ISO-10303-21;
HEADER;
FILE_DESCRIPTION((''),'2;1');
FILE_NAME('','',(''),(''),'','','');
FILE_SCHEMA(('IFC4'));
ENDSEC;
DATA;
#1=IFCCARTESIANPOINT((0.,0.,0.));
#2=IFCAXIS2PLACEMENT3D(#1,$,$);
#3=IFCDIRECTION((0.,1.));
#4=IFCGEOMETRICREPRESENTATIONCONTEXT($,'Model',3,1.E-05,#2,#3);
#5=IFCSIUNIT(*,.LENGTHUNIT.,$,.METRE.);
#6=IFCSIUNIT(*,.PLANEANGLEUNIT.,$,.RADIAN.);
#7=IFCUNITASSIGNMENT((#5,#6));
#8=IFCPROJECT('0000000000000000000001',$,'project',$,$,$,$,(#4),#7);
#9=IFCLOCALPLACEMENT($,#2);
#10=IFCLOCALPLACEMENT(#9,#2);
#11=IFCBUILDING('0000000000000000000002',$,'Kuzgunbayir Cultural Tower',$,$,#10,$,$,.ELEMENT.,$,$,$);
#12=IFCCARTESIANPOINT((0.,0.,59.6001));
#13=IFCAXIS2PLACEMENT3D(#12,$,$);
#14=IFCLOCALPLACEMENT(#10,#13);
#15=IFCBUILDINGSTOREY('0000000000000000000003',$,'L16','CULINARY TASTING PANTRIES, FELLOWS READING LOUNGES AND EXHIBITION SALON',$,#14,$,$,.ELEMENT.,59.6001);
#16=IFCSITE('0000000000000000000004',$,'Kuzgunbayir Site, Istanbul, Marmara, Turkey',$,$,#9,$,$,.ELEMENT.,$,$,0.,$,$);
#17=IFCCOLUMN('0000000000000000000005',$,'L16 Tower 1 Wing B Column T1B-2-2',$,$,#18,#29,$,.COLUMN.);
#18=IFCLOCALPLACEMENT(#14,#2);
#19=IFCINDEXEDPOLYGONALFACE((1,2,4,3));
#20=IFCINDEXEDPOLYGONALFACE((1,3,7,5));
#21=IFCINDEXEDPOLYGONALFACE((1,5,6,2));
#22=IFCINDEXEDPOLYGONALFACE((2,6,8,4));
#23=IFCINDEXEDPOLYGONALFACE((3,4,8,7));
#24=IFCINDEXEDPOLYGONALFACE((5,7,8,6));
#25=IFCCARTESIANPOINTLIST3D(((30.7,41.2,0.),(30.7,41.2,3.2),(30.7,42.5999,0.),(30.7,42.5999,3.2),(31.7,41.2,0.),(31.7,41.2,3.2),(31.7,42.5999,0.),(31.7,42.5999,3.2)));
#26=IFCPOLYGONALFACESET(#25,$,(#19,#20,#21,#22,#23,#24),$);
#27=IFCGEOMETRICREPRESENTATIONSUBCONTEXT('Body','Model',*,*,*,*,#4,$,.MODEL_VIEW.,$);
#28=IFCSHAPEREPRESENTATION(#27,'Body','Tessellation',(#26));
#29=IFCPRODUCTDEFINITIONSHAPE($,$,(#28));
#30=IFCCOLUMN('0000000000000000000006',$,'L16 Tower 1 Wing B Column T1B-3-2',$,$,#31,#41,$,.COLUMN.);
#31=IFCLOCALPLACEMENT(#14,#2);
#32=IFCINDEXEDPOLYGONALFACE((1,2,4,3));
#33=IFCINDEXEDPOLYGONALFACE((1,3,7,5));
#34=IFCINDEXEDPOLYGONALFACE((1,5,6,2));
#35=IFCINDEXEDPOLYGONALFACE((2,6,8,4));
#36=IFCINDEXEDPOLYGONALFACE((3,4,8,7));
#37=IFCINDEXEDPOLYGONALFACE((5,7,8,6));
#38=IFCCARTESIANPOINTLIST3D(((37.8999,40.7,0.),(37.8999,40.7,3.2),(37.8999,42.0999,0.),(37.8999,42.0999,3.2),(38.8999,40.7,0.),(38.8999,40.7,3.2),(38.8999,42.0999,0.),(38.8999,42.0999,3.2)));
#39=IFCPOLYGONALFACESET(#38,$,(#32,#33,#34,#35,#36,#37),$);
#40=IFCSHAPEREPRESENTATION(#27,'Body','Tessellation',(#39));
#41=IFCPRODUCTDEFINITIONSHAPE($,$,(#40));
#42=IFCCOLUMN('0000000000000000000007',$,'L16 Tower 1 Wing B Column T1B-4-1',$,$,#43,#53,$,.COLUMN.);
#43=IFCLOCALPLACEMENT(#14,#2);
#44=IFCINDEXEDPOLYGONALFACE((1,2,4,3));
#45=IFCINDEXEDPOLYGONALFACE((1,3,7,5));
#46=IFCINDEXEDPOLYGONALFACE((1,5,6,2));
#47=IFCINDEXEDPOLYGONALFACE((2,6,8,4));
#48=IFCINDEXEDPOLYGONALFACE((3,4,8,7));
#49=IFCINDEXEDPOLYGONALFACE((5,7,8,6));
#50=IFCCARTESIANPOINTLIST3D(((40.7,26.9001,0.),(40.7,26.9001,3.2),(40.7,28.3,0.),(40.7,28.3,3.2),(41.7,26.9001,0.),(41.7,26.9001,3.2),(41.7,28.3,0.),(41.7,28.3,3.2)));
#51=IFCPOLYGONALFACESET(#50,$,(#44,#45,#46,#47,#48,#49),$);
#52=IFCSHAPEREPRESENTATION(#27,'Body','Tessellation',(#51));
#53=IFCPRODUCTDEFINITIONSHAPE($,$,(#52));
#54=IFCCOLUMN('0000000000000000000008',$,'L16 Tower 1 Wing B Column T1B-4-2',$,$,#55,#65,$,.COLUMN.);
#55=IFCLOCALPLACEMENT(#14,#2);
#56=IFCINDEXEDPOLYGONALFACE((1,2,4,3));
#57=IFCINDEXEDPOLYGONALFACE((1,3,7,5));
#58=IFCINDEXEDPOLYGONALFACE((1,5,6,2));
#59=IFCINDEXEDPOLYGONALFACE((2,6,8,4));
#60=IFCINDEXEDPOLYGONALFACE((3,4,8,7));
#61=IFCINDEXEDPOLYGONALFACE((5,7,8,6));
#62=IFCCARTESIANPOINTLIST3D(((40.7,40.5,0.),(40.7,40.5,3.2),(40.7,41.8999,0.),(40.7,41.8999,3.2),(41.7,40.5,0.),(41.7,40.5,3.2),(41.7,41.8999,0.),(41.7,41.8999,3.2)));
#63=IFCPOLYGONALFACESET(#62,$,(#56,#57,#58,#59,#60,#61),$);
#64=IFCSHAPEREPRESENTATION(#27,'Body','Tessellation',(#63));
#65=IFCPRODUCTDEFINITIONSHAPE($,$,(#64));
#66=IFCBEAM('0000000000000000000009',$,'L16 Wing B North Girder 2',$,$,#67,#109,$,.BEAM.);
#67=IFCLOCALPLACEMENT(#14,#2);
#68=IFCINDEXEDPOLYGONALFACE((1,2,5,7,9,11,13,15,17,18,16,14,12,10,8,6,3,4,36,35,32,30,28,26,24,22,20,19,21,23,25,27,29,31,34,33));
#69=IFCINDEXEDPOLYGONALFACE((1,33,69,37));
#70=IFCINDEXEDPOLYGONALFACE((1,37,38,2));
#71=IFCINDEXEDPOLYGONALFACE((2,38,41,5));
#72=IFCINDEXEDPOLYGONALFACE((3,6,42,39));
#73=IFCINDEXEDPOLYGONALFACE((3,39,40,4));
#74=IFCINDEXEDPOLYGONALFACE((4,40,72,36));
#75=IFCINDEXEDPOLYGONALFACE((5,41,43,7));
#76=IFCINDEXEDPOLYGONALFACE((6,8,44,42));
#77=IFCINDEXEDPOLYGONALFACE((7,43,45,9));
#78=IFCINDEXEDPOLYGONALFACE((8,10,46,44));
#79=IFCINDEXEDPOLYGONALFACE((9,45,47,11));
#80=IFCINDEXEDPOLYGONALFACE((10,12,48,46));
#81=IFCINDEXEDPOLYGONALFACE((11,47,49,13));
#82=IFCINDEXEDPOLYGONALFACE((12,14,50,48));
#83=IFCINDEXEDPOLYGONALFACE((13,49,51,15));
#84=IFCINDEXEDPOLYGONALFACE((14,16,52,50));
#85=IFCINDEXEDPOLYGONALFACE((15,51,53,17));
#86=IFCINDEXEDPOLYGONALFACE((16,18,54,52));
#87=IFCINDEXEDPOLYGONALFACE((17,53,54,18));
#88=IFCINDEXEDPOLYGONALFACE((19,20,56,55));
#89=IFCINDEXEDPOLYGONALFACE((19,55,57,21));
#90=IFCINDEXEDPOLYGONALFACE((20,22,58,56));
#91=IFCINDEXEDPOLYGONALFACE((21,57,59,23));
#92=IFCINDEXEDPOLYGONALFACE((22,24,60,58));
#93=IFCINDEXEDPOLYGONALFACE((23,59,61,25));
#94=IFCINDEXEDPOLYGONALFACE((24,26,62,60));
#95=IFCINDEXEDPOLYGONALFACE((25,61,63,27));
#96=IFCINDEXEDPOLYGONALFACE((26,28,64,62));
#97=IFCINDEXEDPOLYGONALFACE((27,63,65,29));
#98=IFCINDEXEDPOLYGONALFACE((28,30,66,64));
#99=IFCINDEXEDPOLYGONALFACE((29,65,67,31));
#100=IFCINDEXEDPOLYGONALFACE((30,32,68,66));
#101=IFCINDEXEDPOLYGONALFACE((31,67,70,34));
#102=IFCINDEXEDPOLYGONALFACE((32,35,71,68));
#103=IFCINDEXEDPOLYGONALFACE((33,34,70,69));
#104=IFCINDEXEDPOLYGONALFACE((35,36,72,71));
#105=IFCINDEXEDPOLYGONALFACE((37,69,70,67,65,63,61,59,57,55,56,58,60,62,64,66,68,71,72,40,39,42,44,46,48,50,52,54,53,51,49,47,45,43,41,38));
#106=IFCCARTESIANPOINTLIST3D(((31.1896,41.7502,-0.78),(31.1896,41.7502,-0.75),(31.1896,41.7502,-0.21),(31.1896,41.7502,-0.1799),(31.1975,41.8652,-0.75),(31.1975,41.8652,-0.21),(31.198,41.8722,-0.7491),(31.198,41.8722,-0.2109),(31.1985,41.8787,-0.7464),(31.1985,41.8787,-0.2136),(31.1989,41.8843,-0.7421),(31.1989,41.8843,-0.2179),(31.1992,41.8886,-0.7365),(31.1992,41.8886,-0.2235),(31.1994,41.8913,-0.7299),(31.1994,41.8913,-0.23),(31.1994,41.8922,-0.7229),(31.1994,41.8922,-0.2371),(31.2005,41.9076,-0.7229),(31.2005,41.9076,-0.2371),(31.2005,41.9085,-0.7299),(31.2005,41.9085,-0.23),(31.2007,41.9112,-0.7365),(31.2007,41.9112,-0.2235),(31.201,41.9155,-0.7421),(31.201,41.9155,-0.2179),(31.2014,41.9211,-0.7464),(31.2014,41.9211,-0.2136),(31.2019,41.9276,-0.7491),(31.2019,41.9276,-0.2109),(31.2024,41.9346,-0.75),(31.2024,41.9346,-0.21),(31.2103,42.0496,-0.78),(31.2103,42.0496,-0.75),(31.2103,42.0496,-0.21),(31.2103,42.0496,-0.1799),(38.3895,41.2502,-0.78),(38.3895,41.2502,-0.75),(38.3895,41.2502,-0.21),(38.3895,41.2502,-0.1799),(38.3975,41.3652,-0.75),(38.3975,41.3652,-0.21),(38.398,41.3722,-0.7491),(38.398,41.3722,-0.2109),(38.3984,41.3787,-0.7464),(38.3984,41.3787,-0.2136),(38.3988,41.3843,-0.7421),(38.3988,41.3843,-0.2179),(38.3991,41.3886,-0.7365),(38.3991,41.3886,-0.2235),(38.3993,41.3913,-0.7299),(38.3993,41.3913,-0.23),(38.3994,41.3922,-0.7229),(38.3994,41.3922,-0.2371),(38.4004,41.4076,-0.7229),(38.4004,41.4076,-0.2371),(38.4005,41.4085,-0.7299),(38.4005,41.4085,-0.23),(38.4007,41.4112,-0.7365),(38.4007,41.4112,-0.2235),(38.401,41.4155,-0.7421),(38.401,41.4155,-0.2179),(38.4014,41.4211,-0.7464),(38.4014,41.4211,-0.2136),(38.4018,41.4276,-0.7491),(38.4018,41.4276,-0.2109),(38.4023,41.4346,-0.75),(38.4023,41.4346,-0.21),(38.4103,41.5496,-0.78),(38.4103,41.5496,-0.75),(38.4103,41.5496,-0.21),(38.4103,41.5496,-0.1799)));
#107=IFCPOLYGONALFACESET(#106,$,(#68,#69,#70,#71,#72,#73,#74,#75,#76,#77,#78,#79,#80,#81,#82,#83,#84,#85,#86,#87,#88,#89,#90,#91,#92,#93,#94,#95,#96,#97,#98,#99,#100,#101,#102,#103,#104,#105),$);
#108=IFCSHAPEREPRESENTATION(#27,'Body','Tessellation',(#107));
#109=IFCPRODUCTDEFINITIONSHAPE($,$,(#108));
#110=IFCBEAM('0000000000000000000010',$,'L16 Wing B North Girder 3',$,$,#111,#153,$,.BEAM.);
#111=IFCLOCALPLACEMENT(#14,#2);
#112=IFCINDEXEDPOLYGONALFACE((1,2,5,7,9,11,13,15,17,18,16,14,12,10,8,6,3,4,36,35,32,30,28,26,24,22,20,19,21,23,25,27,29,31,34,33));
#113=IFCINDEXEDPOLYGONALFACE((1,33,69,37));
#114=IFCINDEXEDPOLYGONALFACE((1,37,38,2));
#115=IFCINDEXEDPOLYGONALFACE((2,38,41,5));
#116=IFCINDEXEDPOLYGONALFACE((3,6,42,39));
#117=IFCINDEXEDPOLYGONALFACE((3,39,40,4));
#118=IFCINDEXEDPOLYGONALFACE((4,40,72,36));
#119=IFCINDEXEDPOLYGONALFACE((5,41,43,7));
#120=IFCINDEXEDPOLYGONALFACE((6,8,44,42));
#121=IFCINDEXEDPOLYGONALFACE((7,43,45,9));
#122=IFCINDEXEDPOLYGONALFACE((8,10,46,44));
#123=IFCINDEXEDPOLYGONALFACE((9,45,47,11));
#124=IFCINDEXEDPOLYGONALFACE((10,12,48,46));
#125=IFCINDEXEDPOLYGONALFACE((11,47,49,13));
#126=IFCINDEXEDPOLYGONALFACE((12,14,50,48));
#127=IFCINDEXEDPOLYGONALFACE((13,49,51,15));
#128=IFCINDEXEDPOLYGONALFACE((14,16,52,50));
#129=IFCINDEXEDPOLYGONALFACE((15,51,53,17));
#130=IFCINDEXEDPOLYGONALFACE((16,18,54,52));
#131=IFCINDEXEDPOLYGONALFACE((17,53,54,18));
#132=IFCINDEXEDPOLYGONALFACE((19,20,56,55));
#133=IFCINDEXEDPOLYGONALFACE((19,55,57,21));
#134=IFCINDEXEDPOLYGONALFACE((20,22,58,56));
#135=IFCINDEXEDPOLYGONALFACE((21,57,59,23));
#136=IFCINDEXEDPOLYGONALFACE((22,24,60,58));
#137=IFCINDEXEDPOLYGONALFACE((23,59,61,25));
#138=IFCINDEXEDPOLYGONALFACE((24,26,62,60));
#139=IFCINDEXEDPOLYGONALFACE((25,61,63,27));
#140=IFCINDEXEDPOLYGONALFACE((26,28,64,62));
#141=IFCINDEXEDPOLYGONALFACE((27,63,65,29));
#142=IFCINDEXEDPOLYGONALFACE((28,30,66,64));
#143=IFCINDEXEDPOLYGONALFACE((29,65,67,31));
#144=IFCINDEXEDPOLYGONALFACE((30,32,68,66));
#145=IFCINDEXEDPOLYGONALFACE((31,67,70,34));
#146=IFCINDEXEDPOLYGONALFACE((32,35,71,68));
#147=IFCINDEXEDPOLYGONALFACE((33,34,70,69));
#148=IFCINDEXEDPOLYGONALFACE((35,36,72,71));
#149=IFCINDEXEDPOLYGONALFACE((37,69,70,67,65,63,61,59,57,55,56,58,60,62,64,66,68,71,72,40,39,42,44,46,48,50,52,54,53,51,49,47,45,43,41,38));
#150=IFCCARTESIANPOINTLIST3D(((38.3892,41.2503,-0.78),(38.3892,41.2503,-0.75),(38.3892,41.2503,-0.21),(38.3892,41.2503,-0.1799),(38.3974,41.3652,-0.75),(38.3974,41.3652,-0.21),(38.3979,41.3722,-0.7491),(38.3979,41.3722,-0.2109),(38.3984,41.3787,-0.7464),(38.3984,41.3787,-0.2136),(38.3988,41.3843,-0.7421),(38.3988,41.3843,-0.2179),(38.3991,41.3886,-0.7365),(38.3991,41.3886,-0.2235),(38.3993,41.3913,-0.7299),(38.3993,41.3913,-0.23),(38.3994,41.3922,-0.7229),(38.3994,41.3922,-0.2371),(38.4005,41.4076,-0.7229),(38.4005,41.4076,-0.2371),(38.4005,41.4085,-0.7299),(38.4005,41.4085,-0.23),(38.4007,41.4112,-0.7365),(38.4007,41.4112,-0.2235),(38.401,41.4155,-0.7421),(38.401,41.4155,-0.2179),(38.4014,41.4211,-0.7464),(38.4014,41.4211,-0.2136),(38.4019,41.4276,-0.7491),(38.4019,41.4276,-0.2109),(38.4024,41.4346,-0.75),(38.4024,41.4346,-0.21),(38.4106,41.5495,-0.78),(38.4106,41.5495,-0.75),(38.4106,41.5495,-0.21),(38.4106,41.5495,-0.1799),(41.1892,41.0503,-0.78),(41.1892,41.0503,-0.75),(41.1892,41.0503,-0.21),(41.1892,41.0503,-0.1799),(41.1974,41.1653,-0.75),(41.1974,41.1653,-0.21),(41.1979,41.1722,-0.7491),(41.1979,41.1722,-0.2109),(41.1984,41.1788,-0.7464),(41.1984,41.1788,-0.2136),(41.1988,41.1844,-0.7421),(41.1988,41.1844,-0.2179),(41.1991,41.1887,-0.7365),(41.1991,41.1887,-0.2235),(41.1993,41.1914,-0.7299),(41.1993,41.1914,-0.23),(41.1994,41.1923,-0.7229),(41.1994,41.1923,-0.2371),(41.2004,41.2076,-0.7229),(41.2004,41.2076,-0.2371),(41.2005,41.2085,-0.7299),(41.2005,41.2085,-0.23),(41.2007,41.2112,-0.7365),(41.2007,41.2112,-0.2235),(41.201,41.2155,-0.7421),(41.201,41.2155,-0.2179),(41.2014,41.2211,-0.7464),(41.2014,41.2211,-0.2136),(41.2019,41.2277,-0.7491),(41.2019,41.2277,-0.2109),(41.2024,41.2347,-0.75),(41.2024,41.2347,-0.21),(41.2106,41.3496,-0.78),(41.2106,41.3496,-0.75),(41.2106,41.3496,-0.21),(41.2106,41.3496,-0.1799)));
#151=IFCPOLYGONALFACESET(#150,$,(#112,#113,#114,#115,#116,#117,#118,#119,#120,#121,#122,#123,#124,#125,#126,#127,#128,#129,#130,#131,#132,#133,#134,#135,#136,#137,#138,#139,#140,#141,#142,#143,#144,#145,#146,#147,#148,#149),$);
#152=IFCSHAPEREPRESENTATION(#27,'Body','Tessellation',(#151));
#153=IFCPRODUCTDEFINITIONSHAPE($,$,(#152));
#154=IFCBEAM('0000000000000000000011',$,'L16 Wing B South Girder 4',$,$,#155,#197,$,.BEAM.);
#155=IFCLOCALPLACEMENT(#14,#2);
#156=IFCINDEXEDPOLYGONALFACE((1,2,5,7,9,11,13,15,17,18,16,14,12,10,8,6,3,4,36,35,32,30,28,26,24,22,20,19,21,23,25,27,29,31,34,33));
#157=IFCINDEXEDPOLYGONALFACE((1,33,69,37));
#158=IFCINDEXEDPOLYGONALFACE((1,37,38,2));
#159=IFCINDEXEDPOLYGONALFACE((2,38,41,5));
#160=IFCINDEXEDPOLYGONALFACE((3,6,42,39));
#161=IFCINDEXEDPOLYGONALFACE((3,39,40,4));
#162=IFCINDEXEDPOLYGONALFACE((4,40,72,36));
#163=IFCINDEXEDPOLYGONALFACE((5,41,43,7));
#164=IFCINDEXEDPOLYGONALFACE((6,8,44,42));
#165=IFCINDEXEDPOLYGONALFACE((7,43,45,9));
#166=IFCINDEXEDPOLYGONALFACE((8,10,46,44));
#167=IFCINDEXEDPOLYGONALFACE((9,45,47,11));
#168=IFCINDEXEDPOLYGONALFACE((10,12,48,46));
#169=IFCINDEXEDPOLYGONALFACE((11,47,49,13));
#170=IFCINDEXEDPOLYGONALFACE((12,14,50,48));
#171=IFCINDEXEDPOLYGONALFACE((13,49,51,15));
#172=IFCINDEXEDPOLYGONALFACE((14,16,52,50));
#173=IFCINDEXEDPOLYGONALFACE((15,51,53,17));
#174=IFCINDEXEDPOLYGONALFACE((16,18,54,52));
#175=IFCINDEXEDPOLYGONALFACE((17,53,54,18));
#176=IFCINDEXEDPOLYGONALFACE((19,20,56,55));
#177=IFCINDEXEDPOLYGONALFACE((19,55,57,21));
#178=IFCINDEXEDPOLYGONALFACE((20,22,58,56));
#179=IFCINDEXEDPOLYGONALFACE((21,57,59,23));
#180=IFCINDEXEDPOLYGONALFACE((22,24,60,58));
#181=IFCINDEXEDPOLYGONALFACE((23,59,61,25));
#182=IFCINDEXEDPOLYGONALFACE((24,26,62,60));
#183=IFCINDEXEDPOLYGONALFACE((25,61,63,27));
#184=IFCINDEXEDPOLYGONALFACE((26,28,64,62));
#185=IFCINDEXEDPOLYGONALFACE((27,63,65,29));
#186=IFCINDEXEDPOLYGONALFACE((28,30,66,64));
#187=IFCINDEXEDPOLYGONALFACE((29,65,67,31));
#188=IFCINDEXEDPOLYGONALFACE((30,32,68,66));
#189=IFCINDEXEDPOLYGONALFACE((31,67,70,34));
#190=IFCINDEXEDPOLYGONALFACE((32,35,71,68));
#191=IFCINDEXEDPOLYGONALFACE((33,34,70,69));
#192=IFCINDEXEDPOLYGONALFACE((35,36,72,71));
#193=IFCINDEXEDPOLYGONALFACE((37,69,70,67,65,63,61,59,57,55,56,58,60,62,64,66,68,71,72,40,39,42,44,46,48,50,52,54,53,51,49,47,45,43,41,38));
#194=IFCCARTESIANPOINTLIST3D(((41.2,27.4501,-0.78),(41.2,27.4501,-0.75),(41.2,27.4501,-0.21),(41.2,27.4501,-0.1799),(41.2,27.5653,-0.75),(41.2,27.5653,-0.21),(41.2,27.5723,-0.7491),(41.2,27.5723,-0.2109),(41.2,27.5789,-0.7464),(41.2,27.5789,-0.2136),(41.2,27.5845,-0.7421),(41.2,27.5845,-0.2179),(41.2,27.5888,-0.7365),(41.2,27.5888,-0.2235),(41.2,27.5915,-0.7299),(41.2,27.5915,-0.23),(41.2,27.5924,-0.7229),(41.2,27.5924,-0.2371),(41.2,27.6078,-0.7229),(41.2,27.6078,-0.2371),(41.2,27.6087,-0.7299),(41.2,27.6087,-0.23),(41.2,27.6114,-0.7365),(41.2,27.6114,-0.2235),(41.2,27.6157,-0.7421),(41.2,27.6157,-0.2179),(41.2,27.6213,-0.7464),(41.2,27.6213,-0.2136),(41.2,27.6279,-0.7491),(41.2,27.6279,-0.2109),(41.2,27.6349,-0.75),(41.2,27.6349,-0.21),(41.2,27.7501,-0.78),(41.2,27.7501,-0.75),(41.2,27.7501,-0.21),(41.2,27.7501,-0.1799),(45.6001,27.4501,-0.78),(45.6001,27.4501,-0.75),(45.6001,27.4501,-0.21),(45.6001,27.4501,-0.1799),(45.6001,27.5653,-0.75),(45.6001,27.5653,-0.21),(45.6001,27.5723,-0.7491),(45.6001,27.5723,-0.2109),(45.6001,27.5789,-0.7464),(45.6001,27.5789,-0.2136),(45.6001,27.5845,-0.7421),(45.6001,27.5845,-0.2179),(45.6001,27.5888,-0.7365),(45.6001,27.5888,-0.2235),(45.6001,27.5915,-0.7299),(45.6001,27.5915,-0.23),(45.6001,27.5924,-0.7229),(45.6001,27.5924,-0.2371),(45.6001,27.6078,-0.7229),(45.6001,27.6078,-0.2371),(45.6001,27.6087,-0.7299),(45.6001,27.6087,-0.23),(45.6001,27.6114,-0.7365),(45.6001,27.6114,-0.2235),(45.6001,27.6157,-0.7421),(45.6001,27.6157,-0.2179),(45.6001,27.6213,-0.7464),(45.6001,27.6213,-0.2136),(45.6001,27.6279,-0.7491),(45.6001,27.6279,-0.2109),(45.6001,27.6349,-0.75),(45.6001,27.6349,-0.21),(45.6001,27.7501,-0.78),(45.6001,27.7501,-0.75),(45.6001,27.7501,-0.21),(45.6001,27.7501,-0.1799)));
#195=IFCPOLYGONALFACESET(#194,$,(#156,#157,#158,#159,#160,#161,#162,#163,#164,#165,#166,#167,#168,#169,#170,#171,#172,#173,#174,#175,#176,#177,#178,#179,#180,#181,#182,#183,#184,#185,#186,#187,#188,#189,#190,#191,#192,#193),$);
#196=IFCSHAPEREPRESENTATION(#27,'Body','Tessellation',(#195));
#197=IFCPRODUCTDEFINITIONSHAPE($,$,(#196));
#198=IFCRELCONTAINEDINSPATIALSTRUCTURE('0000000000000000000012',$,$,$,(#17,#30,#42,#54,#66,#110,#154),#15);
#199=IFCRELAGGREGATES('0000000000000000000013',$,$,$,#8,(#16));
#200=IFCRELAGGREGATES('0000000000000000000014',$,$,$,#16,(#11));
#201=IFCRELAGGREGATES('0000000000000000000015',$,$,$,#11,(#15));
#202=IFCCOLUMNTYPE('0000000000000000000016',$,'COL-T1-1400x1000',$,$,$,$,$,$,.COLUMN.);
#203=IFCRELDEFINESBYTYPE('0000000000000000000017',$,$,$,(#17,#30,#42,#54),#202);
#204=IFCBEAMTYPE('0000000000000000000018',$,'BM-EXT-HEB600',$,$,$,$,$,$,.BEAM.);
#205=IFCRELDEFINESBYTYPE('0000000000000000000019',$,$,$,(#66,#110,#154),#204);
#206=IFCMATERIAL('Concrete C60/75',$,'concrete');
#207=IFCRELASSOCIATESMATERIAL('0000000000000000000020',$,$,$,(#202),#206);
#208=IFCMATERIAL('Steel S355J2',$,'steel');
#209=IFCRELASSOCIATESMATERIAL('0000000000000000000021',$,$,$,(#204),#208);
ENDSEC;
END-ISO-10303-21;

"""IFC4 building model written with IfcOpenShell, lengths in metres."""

from ifc_helpers import new_model, si_unit, direction, frame, origin, origin_2d, place, context, subcontext, project, spatial, rectangle, i_section, extrude, material, material_profile, profile_set, type_object, element, save


model = new_model("IFC4")

# Units and contexts
model_context = context("Model", 3, precision=1e-05, world=origin(), true_north=direction((0.0, 1.0)))
body_context = subcontext(model_context, "Body", "Model", "MODEL_VIEW")
ifc_project = project(units=[si_unit("LENGTHUNIT", "METRE"), si_unit("PLANEANGLEUNIT", "RADIAN")], contexts=[model_context])

# Site, building, storey
site_placement = place(None, origin())
site = spatial("IfcSite", under=ifc_project, at=site_placement, Name="Kuzgunbayir Site, Istanbul, Marmara, Turkey", CompositionType="ELEMENT", RefElevation=0.0)
building_placement = place(site_placement, origin())
building = spatial("IfcBuilding", under=site, at=building_placement, Name="Kuzgunbayir Cultural Tower", CompositionType="ELEMENT")
storey_placement = place(building_placement, frame((0.0, 0.0, 59.6001)))
storey = spatial("IfcBuildingStorey", under=building, at=storey_placement, Name="L16", Description="CULINARY TASTING PANTRIES, FELLOWS READING LOUNGES AND EXHIBITION SALON", CompositionType="ELEMENT", Elevation=59.6001)

# Columns
ifc_material_1 = material(Name="Concrete C60/75", Category="concrete")
ifc_material_profile_1 = material_profile(ifc_material_1, rectangle(XDim=1.0, YDim=1.3999, at=origin_2d()), Name="RC 1400x1000")
ifc_profile_set_1 = profile_set([ifc_material_profile_1], Name="Concrete C60/75")
column_type = type_object("IfcColumnType", Name="COL-T1-1400x1000", PredefinedType="COLUMN", material=ifc_profile_set_1)
for number, where, z_axis, x_axis, name in (
    (1, (31.2, 41.8999, 0.0), (0.0, 0.0, 1.0), (1.0, 0.0, 0.0), "L16 Tower 1 Wing B Column T1B-2-2"),
    (2, (38.3999, 41.3999, 0.0), (0.0, 0.0, 1.0), (1.0, 0.0, 0.0), "L16 Tower 1 Wing B Column T1B-3-2"),
    (3, (41.2, 27.6001, 0.0), (0.0, 0.0, 1.0), (1.0, 0.0, 0.0), "L16 Tower 1 Wing B Column T1B-4-1"),
    (4, (41.2, 41.2, 0.0), (0.0, 0.0, 1.0), (1.0, 0.0, 0.0), "L16 Tower 1 Wing B Column T1B-4-2"),
):
    element("IfcColumn", number, at=place(storey_placement, frame(where, z_axis=z_axis, x_axis=x_axis)), inside=storey, type_object=column_type, Name=name, PredefinedType="COLUMN", context=body_context, shape_type="SweptSolid", body=[
        extrude(rectangle(XDim=1.0, YDim=1.3999, at=origin_2d()), origin(), (0.0, 0.0, 1.0), 3.2),
    ])

# Beams
ifc_material_2 = material(Name="Steel S355J2", Category="steel")
ifc_material_profile_2 = material_profile(ifc_material_2, i_section(OverallWidth=0.3, OverallDepth=0.6001, WebThickness=0.0154, FlangeThickness=0.03, FilletRadius=0.0271, at=origin_2d()), Name="HEB 600")
ifc_profile_set_2 = profile_set([ifc_material_profile_2], Name="Steel S355J2")
beam_type_1 = type_object("IfcBeamType", Name="BM-EXT-HEB600", PredefinedType="BEAM", material=ifc_profile_set_2)
beam_1_placement = place(storey_placement, frame((31.2, 41.8999, -0.48), z_axis=(0.997597, -0.069278, 0.0), x_axis=(0.069278, 0.997597, 0.0)))
element("IfcBeam", 5, at=beam_1_placement, inside=storey, type_object=beam_type_1, Name="L16 Wing B North Girder 2", PredefinedType="BEAM", context=body_context, shape_type="SweptSolid", body=[
    extrude(i_section(OverallWidth=0.3, OverallDepth=0.6001, WebThickness=0.0154, FlangeThickness=0.03, FilletRadius=0.0271, at=origin_2d()), origin(), (0.0, 0.0, 1.0), 7.2173),
])
beam_2_placement = place(storey_placement, frame((38.3999, 41.3999, -0.48), z_axis=(0.99746, -0.071229, 0.0), x_axis=(0.071229, 0.99746, 0.0)))
element("IfcBeam", 6, at=beam_2_placement, inside=storey, type_object=beam_type_1, Name="L16 Wing B North Girder 3", PredefinedType="BEAM", context=body_context, shape_type="SweptSolid", body=[
    extrude(i_section(OverallWidth=0.3, OverallDepth=0.6001, WebThickness=0.0154, FlangeThickness=0.03, FilletRadius=0.0271, at=origin_2d()), origin(), (0.0, 0.0, 1.0), 2.8071),
])
for number, where, z_axis, x_axis, name in (
    (7, (41.2, 27.6001, -0.48), (1.0, 0.0, 0.0), (0.0, 1.0, 0.0), "L16 Wing B South Girder 4"),
):
    element("IfcBeam", number, at=place(storey_placement, frame(where, z_axis=z_axis, x_axis=x_axis)), inside=storey, type_object=beam_type_1, Name=name, PredefinedType="BEAM", context=body_context, shape_type="SweptSolid", body=[
        extrude(i_section(OverallWidth=0.3, OverallDepth=0.6001, WebThickness=0.0154, FlangeThickness=0.03, FilletRadius=0.0271, at=origin_2d()), origin(), (0.0, 0.0, 1.0), 4.4001),
    ])

save(model, "model.ifc")
